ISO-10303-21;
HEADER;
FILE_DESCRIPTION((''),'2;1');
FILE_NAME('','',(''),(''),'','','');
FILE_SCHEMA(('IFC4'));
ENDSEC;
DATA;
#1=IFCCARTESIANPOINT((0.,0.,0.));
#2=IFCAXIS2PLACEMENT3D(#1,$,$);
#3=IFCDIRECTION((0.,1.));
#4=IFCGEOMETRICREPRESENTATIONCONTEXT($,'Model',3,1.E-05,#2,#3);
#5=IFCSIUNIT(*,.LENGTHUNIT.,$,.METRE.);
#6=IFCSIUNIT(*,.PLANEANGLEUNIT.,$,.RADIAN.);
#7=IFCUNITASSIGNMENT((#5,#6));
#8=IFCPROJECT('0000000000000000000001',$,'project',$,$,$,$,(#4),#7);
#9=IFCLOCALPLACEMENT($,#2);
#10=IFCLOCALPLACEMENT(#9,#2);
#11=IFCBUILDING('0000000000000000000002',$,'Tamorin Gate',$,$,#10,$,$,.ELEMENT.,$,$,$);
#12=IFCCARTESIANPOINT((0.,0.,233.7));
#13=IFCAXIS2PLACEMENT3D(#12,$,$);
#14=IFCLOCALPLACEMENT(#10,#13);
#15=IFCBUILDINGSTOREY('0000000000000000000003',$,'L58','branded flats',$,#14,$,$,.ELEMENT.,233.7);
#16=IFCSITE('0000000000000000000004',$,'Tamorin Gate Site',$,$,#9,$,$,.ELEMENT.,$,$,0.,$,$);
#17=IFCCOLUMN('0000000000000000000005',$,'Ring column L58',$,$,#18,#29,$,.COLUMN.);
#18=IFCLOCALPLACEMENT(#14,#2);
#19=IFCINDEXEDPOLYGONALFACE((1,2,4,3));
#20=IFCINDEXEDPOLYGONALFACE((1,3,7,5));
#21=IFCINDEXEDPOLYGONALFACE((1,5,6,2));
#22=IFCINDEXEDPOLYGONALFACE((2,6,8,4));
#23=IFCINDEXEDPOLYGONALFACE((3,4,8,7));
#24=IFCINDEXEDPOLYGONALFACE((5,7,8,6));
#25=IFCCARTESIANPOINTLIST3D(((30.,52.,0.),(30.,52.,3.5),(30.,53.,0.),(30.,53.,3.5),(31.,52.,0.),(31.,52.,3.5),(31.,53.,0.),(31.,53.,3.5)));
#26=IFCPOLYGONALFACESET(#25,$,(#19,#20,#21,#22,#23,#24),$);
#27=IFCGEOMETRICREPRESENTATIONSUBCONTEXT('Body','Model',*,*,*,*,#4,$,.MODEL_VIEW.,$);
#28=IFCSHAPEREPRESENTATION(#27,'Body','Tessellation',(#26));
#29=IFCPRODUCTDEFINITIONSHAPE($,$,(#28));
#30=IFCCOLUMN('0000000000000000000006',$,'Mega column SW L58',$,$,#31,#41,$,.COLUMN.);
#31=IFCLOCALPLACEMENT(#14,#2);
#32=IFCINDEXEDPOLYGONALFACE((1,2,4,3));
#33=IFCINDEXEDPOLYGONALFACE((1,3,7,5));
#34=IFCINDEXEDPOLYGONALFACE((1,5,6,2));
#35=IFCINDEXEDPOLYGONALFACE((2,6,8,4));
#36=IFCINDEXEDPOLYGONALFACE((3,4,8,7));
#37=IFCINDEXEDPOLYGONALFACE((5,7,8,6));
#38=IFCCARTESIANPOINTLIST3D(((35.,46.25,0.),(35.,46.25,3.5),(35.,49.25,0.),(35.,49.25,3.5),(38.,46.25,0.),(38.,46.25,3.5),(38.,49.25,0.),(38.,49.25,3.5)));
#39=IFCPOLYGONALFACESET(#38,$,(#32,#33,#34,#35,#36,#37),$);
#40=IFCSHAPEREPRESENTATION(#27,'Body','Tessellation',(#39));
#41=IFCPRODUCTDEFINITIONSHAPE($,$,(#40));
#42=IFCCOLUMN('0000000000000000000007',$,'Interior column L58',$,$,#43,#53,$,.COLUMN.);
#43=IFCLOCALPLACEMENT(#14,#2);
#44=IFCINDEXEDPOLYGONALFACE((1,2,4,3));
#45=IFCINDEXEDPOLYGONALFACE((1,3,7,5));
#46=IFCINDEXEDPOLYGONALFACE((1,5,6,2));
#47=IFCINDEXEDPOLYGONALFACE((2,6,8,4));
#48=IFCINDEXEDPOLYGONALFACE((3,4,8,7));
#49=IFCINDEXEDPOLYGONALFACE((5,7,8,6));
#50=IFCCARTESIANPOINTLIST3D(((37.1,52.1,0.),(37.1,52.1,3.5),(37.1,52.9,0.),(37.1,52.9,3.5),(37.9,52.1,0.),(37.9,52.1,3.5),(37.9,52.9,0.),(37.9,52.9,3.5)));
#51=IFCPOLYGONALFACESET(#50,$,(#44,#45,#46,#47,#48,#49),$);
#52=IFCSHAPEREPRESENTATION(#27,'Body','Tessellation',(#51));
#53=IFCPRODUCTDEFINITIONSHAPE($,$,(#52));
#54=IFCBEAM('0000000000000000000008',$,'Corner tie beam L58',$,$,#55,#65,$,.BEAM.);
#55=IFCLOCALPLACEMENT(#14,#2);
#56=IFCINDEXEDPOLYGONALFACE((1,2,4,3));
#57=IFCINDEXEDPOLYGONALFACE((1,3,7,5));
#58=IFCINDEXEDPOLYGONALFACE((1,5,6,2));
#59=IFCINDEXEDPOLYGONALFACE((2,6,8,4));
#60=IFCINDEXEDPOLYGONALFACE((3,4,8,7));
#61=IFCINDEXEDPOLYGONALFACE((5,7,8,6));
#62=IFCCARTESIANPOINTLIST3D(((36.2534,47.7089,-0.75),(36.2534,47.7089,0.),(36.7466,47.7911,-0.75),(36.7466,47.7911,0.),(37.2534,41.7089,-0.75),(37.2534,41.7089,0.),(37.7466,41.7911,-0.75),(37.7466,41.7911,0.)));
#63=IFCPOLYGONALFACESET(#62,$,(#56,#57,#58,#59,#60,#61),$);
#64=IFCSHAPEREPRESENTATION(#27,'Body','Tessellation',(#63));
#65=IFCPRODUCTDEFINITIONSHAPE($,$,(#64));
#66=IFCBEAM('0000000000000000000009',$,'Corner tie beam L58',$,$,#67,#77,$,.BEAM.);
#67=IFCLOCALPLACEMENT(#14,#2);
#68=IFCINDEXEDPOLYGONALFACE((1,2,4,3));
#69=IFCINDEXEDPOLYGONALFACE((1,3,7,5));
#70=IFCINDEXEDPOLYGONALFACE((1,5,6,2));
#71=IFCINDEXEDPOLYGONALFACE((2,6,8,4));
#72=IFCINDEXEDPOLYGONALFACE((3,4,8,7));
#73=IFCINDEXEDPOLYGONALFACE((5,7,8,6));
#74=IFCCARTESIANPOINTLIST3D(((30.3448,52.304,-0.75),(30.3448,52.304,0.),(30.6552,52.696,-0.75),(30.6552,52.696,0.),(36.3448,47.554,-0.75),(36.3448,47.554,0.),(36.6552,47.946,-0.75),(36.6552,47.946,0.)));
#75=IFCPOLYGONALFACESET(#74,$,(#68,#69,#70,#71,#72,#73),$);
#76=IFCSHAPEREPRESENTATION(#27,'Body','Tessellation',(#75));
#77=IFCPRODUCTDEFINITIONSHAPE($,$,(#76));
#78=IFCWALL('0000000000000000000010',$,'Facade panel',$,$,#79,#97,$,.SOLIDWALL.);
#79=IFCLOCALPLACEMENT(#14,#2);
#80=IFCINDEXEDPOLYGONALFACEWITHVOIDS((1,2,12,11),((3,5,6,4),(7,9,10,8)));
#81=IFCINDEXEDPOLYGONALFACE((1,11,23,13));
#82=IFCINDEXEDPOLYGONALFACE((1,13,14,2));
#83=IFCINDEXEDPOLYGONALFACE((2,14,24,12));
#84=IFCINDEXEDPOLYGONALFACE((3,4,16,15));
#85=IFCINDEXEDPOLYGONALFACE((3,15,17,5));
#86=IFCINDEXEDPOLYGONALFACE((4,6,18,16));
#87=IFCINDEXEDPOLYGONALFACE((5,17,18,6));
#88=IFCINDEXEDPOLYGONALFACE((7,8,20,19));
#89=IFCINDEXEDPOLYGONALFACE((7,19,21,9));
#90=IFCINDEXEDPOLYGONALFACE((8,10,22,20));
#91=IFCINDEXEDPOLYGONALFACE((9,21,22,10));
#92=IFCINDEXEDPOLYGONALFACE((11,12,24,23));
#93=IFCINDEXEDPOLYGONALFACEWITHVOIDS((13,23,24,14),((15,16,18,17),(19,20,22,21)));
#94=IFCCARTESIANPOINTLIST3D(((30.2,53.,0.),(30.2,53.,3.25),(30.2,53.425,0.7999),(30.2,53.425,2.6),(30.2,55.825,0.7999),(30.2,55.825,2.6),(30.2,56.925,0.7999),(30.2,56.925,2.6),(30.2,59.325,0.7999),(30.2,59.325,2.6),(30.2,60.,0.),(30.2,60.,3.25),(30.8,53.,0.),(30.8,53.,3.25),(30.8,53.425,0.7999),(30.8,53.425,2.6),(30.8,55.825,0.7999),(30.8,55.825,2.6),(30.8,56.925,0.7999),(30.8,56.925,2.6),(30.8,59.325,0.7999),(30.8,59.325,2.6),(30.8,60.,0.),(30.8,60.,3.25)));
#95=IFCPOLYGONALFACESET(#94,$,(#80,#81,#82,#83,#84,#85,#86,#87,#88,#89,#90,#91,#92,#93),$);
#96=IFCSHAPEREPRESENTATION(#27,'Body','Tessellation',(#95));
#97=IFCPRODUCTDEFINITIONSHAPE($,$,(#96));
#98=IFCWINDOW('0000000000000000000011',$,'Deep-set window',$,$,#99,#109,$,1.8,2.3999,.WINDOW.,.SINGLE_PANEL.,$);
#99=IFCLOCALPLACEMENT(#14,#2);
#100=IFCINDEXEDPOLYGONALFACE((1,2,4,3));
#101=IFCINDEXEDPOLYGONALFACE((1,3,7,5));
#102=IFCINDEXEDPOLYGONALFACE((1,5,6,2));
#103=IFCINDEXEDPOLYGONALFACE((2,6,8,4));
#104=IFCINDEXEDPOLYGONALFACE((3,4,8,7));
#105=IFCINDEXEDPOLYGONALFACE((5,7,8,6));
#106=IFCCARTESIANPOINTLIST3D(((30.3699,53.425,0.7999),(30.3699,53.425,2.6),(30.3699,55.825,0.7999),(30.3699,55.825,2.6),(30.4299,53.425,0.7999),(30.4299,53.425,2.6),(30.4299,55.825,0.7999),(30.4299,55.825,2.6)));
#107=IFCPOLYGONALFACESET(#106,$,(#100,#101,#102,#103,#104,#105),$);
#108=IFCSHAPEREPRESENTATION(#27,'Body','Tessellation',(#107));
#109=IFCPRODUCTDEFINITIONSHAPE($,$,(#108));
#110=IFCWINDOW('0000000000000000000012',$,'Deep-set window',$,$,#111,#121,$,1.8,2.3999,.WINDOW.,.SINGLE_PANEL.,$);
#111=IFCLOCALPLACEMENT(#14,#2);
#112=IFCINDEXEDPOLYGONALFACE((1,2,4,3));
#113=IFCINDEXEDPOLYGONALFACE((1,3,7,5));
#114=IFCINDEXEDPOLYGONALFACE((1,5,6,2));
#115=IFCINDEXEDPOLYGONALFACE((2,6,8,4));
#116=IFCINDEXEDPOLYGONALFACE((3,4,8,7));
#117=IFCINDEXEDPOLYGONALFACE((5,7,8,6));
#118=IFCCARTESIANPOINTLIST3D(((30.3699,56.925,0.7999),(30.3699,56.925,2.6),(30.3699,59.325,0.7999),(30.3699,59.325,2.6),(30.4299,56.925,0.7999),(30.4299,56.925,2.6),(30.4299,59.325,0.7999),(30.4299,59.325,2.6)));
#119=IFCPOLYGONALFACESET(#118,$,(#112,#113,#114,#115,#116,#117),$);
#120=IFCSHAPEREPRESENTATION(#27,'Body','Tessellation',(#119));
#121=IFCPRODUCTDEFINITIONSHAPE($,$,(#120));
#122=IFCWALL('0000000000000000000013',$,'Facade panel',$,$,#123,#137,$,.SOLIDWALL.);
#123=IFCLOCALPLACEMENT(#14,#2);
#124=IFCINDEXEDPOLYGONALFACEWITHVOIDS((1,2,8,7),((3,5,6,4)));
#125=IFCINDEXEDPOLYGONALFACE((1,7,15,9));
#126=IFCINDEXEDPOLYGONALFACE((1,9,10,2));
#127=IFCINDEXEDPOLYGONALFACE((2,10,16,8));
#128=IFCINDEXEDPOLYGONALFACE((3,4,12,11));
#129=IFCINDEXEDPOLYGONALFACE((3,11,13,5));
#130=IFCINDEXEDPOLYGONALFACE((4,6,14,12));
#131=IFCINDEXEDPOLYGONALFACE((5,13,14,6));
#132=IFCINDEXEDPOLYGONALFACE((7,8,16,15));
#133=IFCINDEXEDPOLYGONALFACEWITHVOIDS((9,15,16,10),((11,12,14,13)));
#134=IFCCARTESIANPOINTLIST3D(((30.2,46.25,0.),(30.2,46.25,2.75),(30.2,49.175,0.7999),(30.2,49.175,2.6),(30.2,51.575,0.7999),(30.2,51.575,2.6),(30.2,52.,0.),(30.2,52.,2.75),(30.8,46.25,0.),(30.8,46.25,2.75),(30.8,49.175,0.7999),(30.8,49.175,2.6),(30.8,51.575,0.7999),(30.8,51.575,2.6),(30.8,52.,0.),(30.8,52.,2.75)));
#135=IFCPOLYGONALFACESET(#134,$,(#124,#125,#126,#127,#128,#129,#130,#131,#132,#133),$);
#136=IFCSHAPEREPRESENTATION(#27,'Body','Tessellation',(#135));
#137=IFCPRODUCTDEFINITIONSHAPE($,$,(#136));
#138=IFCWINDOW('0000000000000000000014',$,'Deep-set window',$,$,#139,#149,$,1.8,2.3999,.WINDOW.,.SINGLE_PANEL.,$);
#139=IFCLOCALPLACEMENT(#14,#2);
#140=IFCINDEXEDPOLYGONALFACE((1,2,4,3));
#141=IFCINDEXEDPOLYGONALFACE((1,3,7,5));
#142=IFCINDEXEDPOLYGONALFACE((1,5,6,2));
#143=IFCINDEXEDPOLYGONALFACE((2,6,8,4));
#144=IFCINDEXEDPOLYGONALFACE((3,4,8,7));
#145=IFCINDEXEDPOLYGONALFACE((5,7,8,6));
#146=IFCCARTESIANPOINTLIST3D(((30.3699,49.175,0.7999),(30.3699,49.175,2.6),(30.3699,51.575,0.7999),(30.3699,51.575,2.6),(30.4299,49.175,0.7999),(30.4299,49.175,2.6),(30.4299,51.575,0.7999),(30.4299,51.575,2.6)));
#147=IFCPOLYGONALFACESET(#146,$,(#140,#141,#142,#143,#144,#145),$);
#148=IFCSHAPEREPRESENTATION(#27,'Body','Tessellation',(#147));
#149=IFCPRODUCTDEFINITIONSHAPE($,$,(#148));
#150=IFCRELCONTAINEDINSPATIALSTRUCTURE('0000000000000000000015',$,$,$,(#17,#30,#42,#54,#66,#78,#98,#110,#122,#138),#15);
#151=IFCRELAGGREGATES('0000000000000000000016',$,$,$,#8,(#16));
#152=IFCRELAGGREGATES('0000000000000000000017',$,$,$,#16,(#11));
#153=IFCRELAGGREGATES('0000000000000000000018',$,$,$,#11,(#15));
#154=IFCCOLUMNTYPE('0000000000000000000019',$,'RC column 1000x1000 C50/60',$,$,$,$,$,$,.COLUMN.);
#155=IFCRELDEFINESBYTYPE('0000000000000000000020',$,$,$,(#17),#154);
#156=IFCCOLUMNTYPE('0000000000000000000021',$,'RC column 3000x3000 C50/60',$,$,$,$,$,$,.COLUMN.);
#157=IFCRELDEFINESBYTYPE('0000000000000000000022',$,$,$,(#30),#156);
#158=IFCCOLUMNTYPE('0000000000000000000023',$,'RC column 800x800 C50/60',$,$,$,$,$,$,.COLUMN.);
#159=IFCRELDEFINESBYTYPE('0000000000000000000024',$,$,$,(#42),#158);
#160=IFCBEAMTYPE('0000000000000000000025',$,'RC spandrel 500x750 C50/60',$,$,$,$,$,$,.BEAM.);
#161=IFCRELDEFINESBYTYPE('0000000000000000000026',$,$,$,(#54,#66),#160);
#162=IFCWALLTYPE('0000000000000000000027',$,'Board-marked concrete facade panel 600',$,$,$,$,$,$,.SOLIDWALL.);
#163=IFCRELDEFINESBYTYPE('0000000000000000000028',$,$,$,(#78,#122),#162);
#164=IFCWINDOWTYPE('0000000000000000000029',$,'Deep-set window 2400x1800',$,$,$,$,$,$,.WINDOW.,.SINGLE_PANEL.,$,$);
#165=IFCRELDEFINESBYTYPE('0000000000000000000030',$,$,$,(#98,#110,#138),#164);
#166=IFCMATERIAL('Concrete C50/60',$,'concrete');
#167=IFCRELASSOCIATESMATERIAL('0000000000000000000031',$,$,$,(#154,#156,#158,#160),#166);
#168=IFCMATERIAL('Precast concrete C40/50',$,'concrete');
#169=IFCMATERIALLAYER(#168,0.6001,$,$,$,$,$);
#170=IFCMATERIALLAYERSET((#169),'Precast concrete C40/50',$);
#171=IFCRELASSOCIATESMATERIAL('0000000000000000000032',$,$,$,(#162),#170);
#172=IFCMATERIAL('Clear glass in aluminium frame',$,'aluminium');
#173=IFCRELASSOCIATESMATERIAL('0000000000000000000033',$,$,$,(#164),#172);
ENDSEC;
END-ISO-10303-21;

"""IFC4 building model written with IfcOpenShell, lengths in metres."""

from ifc_helpers import new_model, si_unit, direction, frame, frame_2d, origin, origin_2d, place, context, subcontext, project, spatial, rectangle, extrude, material, layer, layer_set, material_profile, profile_set, type_object, element, fill, save


model = new_model("IFC4")

# Units and contexts
model_context = context("Model", 3, precision=1e-05, world=origin(), true_north=direction((0.0, 1.0)))
body_context = subcontext(model_context, "Body", "Model", "MODEL_VIEW")
ifc_project = project(units=[si_unit("LENGTHUNIT", "METRE"), si_unit("PLANEANGLEUNIT", "RADIAN")], contexts=[model_context])

# Site, building, storey
site_placement = place(None, origin())
site = spatial("IfcSite", under=ifc_project, at=site_placement, Name="Tamorin Gate Site", CompositionType="ELEMENT", RefElevation=0.0)
building_placement = place(site_placement, origin())
building = spatial("IfcBuilding", under=site, at=building_placement, Name="Tamorin Gate", CompositionType="ELEMENT")
storey_placement = place(building_placement, frame((0.0, 0.0, 233.7)))
storey = spatial("IfcBuildingStorey", under=building, at=storey_placement, Name="L58", Description="branded flats", CompositionType="ELEMENT", Elevation=233.7)

# Columns
ifc_material_1 = material(Name="Concrete C50/60", Category="concrete")
ifc_material_profile_1 = material_profile(ifc_material_1, rectangle(XDim=1.0, YDim=1.0, at=origin_2d()), Name="RC 1000x1000")
ifc_profile_set_1 = profile_set([ifc_material_profile_1], Name="Concrete C50/60")
column_type_1 = type_object("IfcColumnType", Name="RC column 1000x1000 C50/60", PredefinedType="COLUMN", material=ifc_profile_set_1)
column_1_placement = place(storey_placement, frame((30.5, 52.5, 0.0), z_axis=(0.0, 0.0, 1.0), x_axis=(1.0, 0.0, 0.0)))
element("IfcColumn", 1, at=column_1_placement, inside=storey, type_object=column_type_1, Name="Ring column L58", PredefinedType="COLUMN", context=body_context, shape_type="SweptSolid", body=[
    extrude(rectangle(XDim=1.0, YDim=1.0, at=origin_2d()), origin(), (0.0, 0.0, 1.0), 3.5),
])
ifc_material_profile_2 = material_profile(ifc_material_1, rectangle(XDim=3.0, YDim=3.0, at=origin_2d()), Name="RC 3000x3000")
ifc_profile_set_2 = profile_set([ifc_material_profile_2], Name="Concrete C50/60")
column_type_2 = type_object("IfcColumnType", Name="RC column 3000x3000 C50/60", PredefinedType="COLUMN", material=ifc_profile_set_2)
column_2_placement = place(storey_placement, frame((36.5, 47.75, 0.0), z_axis=(0.0, 0.0, 1.0), x_axis=(1.0, 0.0, 0.0)))
element("IfcColumn", 2, at=column_2_placement, inside=storey, type_object=column_type_2, Name="Mega column SW L58", PredefinedType="COLUMN", context=body_context, shape_type="SweptSolid", body=[
    extrude(rectangle(XDim=3.0, YDim=3.0, at=origin_2d()), origin(), (0.0, 0.0, 1.0), 3.5),
])
ifc_material_profile_3 = material_profile(ifc_material_1, rectangle(XDim=0.8, YDim=0.8, at=origin_2d()), Name="RC 800x800")
ifc_profile_set_3 = profile_set([ifc_material_profile_3], Name="Concrete C50/60")
column_type_3 = type_object("IfcColumnType", Name="RC column 800x800 C50/60", PredefinedType="COLUMN", material=ifc_profile_set_3)
column_3_placement = place(storey_placement, frame((37.5, 52.5, 0.0), z_axis=(0.0, 0.0, 1.0), x_axis=(1.0, 0.0, 0.0)))
element("IfcColumn", 3, at=column_3_placement, inside=storey, type_object=column_type_3, Name="Interior column L58", PredefinedType="COLUMN", context=body_context, shape_type="SweptSolid", body=[
    extrude(rectangle(XDim=0.8, YDim=0.8, at=origin_2d()), origin(), (0.0, 0.0, 1.0), 3.5),
])

# Beams
ifc_material_profile_4 = material_profile(ifc_material_1, rectangle(XDim=0.5, YDim=0.75, at=origin_2d()), Name="RC 500x750")
ifc_profile_set_4 = profile_set([ifc_material_profile_4], Name="Concrete C50/60")
beam_type = type_object("IfcBeamType", Name="RC spandrel 500x750 C50/60", PredefinedType="BEAM", material=ifc_profile_set_4)
beam_1_placement = place(storey_placement, frame((36.5, 47.75, -0.375), z_axis=(0.164399, -0.986394, 0.0), x_axis=(0.986394, 0.164399, 0.0)))
element("IfcBeam", 4, at=beam_1_placement, inside=storey, type_object=beam_type, Name="Corner tie beam L58", PredefinedType="BEAM", context=body_context, shape_type="SweptSolid", body=[
    extrude(rectangle(XDim=0.5, YDim=0.75, at=origin_2d()), origin(), (0.0, 0.0, 1.0), 6.0828),
])
beam_2_placement = place(storey_placement, frame((36.5, 47.75, -0.375), z_axis=(-0.784046, 0.620703, 0.0), x_axis=(-0.620703, -0.784046, 0.0)))
element("IfcBeam", 5, at=beam_2_placement, inside=storey, type_object=beam_type, Name="Corner tie beam L58", PredefinedType="BEAM", context=body_context, shape_type="SweptSolid", body=[
    extrude(rectangle(XDim=0.5, YDim=0.75, at=origin_2d()), origin(), (0.0, 0.0, 1.0), 7.6526),
])

# Wall, openings, windows
ifc_material_2 = material(Name="Precast concrete C40/50", Category="concrete")
ifc_layer_1 = layer(ifc_material_2, 0.6001)
ifc_layer_set_1 = layer_set([ifc_layer_1], Name="Precast concrete C40/50")
wall_type_1 = type_object("IfcWallType", Name="Board-marked concrete facade panel 600", PredefinedType="SOLIDWALL", material=ifc_layer_set_1)
wall_1_placement = place(storey_placement, frame((30.5, 60.0, 0.0), z_axis=(0.0, 0.0, 1.0), x_axis=(0.0, -1.0, 0.0)))
wall_1 = element("IfcWall", 6, at=wall_1_placement, inside=storey, type_object=wall_type_1, Name="Facade panel", PredefinedType="SOLIDWALL", context=body_context, shape_type="SweptSolid", body=[
    extrude(rectangle(XDim=7.0, YDim=0.6001, at=frame_2d((3.5, 0.0))), origin(), (0.0, 0.0, 1.0), 3.25),
])
opening_1_placement = place(wall_1_placement, frame((4.175, 0.0, 0.8)))
opening_1 = element("IfcOpeningElement", 7, at=opening_1_placement, cuts=wall_1, PredefinedType="OPENING", context=body_context, shape_type="SweptSolid", body=[
    extrude(rectangle(XDim=2.3999, YDim=1.8, at=frame_2d((1.2, 0.8999))), frame((0.0, 0.3101, 0.0), z_axis=(0.0, -1.0, 0.0), x_axis=(1.0, 0.0, 0.0)), (0.0, 0.0, 1.0), 0.6201),
])
opening_2_placement = place(wall_1_placement, frame((0.675, 0.0, 0.8)))
opening_2 = element("IfcOpeningElement", 8, at=opening_2_placement, cuts=wall_1, PredefinedType="OPENING", context=body_context, shape_type="SweptSolid", body=[
    extrude(rectangle(XDim=2.3999, YDim=1.8, at=frame_2d((1.2, 0.8999))), frame((0.0, 0.3101, 0.0), z_axis=(0.0, -1.0, 0.0), x_axis=(1.0, 0.0, 0.0)), (0.0, 0.0, 1.0), 0.6201),
])
ifc_material_3 = material(Name="Clear glass in aluminium frame", Category="aluminium")
window_type = type_object("IfcWindowType", Name="Deep-set window 2400x1800", PartitioningType="SINGLE_PANEL", PredefinedType="WINDOW", material=ifc_material_3)
window_1_placement = place(opening_1_placement, origin())
window_1 = element("IfcWindow", 9, at=window_1_placement, inside=storey, type_object=window_type, Name="Deep-set window", OverallHeight=1.8, OverallWidth=2.3999, PartitioningType="SINGLE_PANEL", PredefinedType="WINDOW", context=body_context, shape_type="SweptSolid", body=[
    extrude(rectangle(XDim=2.3999, YDim=1.8, at=frame_2d((1.2, 0.8999))), frame((0.0, -0.0701, 0.0), z_axis=(0.0, -1.0, 0.0), x_axis=(1.0, 0.0, 0.0)), (0.0, 0.0, 1.0), 0.0601),
])
fill(opening_1, window_1)
window_2_placement = place(opening_2_placement, origin())
window_2 = element("IfcWindow", 10, at=window_2_placement, inside=storey, type_object=window_type, Name="Deep-set window", OverallHeight=1.8, OverallWidth=2.3999, PartitioningType="SINGLE_PANEL", PredefinedType="WINDOW", context=body_context, shape_type="SweptSolid", body=[
    extrude(rectangle(XDim=2.3999, YDim=1.8, at=frame_2d((1.2, 0.8999))), frame((0.0, -0.0701, 0.0), z_axis=(0.0, -1.0, 0.0), x_axis=(1.0, 0.0, 0.0)), (0.0, 0.0, 1.0), 0.0601),
])
fill(opening_2, window_2)

# Wall, opening, window
wall_2_placement = place(storey_placement, frame((30.5, 52.0, 0.0), z_axis=(0.0, 0.0, 1.0), x_axis=(0.0, -1.0, 0.0)))
wall_2 = element("IfcWall", 11, at=wall_2_placement, inside=storey, type_object=wall_type_1, Name="Facade panel", PredefinedType="SOLIDWALL", context=body_context, shape_type="SweptSolid", body=[
    extrude(rectangle(XDim=5.75, YDim=0.6001, at=frame_2d((2.875, 0.0))), origin(), (0.0, 0.0, 1.0), 2.75),
])
opening_3_placement = place(wall_2_placement, frame((0.425, 0.0, 0.8)))
opening_3 = element("IfcOpeningElement", 12, at=opening_3_placement, cuts=wall_2, PredefinedType="OPENING", context=body_context, shape_type="SweptSolid", body=[
    extrude(rectangle(XDim=2.3999, YDim=1.8, at=frame_2d((1.2, 0.8999))), frame((0.0, 0.3101, 0.0), z_axis=(0.0, -1.0, 0.0), x_axis=(1.0, 0.0, 0.0)), (0.0, 0.0, 1.0), 0.6201),
])
window_3_placement = place(opening_3_placement, origin())
window_3 = element("IfcWindow", 13, at=window_3_placement, inside=storey, type_object=window_type, Name="Deep-set window", OverallHeight=1.8, OverallWidth=2.3999, PartitioningType="SINGLE_PANEL", PredefinedType="WINDOW", context=body_context, shape_type="SweptSolid", body=[
    extrude(rectangle(XDim=2.3999, YDim=1.8, at=frame_2d((1.2, 0.8999))), frame((0.0, -0.0701, 0.0), z_axis=(0.0, -1.0, 0.0), x_axis=(1.0, 0.0, 0.0)), (0.0, 0.0, 1.0), 0.0601),
])
fill(opening_3, window_3)

save(model, "model.ifc")
